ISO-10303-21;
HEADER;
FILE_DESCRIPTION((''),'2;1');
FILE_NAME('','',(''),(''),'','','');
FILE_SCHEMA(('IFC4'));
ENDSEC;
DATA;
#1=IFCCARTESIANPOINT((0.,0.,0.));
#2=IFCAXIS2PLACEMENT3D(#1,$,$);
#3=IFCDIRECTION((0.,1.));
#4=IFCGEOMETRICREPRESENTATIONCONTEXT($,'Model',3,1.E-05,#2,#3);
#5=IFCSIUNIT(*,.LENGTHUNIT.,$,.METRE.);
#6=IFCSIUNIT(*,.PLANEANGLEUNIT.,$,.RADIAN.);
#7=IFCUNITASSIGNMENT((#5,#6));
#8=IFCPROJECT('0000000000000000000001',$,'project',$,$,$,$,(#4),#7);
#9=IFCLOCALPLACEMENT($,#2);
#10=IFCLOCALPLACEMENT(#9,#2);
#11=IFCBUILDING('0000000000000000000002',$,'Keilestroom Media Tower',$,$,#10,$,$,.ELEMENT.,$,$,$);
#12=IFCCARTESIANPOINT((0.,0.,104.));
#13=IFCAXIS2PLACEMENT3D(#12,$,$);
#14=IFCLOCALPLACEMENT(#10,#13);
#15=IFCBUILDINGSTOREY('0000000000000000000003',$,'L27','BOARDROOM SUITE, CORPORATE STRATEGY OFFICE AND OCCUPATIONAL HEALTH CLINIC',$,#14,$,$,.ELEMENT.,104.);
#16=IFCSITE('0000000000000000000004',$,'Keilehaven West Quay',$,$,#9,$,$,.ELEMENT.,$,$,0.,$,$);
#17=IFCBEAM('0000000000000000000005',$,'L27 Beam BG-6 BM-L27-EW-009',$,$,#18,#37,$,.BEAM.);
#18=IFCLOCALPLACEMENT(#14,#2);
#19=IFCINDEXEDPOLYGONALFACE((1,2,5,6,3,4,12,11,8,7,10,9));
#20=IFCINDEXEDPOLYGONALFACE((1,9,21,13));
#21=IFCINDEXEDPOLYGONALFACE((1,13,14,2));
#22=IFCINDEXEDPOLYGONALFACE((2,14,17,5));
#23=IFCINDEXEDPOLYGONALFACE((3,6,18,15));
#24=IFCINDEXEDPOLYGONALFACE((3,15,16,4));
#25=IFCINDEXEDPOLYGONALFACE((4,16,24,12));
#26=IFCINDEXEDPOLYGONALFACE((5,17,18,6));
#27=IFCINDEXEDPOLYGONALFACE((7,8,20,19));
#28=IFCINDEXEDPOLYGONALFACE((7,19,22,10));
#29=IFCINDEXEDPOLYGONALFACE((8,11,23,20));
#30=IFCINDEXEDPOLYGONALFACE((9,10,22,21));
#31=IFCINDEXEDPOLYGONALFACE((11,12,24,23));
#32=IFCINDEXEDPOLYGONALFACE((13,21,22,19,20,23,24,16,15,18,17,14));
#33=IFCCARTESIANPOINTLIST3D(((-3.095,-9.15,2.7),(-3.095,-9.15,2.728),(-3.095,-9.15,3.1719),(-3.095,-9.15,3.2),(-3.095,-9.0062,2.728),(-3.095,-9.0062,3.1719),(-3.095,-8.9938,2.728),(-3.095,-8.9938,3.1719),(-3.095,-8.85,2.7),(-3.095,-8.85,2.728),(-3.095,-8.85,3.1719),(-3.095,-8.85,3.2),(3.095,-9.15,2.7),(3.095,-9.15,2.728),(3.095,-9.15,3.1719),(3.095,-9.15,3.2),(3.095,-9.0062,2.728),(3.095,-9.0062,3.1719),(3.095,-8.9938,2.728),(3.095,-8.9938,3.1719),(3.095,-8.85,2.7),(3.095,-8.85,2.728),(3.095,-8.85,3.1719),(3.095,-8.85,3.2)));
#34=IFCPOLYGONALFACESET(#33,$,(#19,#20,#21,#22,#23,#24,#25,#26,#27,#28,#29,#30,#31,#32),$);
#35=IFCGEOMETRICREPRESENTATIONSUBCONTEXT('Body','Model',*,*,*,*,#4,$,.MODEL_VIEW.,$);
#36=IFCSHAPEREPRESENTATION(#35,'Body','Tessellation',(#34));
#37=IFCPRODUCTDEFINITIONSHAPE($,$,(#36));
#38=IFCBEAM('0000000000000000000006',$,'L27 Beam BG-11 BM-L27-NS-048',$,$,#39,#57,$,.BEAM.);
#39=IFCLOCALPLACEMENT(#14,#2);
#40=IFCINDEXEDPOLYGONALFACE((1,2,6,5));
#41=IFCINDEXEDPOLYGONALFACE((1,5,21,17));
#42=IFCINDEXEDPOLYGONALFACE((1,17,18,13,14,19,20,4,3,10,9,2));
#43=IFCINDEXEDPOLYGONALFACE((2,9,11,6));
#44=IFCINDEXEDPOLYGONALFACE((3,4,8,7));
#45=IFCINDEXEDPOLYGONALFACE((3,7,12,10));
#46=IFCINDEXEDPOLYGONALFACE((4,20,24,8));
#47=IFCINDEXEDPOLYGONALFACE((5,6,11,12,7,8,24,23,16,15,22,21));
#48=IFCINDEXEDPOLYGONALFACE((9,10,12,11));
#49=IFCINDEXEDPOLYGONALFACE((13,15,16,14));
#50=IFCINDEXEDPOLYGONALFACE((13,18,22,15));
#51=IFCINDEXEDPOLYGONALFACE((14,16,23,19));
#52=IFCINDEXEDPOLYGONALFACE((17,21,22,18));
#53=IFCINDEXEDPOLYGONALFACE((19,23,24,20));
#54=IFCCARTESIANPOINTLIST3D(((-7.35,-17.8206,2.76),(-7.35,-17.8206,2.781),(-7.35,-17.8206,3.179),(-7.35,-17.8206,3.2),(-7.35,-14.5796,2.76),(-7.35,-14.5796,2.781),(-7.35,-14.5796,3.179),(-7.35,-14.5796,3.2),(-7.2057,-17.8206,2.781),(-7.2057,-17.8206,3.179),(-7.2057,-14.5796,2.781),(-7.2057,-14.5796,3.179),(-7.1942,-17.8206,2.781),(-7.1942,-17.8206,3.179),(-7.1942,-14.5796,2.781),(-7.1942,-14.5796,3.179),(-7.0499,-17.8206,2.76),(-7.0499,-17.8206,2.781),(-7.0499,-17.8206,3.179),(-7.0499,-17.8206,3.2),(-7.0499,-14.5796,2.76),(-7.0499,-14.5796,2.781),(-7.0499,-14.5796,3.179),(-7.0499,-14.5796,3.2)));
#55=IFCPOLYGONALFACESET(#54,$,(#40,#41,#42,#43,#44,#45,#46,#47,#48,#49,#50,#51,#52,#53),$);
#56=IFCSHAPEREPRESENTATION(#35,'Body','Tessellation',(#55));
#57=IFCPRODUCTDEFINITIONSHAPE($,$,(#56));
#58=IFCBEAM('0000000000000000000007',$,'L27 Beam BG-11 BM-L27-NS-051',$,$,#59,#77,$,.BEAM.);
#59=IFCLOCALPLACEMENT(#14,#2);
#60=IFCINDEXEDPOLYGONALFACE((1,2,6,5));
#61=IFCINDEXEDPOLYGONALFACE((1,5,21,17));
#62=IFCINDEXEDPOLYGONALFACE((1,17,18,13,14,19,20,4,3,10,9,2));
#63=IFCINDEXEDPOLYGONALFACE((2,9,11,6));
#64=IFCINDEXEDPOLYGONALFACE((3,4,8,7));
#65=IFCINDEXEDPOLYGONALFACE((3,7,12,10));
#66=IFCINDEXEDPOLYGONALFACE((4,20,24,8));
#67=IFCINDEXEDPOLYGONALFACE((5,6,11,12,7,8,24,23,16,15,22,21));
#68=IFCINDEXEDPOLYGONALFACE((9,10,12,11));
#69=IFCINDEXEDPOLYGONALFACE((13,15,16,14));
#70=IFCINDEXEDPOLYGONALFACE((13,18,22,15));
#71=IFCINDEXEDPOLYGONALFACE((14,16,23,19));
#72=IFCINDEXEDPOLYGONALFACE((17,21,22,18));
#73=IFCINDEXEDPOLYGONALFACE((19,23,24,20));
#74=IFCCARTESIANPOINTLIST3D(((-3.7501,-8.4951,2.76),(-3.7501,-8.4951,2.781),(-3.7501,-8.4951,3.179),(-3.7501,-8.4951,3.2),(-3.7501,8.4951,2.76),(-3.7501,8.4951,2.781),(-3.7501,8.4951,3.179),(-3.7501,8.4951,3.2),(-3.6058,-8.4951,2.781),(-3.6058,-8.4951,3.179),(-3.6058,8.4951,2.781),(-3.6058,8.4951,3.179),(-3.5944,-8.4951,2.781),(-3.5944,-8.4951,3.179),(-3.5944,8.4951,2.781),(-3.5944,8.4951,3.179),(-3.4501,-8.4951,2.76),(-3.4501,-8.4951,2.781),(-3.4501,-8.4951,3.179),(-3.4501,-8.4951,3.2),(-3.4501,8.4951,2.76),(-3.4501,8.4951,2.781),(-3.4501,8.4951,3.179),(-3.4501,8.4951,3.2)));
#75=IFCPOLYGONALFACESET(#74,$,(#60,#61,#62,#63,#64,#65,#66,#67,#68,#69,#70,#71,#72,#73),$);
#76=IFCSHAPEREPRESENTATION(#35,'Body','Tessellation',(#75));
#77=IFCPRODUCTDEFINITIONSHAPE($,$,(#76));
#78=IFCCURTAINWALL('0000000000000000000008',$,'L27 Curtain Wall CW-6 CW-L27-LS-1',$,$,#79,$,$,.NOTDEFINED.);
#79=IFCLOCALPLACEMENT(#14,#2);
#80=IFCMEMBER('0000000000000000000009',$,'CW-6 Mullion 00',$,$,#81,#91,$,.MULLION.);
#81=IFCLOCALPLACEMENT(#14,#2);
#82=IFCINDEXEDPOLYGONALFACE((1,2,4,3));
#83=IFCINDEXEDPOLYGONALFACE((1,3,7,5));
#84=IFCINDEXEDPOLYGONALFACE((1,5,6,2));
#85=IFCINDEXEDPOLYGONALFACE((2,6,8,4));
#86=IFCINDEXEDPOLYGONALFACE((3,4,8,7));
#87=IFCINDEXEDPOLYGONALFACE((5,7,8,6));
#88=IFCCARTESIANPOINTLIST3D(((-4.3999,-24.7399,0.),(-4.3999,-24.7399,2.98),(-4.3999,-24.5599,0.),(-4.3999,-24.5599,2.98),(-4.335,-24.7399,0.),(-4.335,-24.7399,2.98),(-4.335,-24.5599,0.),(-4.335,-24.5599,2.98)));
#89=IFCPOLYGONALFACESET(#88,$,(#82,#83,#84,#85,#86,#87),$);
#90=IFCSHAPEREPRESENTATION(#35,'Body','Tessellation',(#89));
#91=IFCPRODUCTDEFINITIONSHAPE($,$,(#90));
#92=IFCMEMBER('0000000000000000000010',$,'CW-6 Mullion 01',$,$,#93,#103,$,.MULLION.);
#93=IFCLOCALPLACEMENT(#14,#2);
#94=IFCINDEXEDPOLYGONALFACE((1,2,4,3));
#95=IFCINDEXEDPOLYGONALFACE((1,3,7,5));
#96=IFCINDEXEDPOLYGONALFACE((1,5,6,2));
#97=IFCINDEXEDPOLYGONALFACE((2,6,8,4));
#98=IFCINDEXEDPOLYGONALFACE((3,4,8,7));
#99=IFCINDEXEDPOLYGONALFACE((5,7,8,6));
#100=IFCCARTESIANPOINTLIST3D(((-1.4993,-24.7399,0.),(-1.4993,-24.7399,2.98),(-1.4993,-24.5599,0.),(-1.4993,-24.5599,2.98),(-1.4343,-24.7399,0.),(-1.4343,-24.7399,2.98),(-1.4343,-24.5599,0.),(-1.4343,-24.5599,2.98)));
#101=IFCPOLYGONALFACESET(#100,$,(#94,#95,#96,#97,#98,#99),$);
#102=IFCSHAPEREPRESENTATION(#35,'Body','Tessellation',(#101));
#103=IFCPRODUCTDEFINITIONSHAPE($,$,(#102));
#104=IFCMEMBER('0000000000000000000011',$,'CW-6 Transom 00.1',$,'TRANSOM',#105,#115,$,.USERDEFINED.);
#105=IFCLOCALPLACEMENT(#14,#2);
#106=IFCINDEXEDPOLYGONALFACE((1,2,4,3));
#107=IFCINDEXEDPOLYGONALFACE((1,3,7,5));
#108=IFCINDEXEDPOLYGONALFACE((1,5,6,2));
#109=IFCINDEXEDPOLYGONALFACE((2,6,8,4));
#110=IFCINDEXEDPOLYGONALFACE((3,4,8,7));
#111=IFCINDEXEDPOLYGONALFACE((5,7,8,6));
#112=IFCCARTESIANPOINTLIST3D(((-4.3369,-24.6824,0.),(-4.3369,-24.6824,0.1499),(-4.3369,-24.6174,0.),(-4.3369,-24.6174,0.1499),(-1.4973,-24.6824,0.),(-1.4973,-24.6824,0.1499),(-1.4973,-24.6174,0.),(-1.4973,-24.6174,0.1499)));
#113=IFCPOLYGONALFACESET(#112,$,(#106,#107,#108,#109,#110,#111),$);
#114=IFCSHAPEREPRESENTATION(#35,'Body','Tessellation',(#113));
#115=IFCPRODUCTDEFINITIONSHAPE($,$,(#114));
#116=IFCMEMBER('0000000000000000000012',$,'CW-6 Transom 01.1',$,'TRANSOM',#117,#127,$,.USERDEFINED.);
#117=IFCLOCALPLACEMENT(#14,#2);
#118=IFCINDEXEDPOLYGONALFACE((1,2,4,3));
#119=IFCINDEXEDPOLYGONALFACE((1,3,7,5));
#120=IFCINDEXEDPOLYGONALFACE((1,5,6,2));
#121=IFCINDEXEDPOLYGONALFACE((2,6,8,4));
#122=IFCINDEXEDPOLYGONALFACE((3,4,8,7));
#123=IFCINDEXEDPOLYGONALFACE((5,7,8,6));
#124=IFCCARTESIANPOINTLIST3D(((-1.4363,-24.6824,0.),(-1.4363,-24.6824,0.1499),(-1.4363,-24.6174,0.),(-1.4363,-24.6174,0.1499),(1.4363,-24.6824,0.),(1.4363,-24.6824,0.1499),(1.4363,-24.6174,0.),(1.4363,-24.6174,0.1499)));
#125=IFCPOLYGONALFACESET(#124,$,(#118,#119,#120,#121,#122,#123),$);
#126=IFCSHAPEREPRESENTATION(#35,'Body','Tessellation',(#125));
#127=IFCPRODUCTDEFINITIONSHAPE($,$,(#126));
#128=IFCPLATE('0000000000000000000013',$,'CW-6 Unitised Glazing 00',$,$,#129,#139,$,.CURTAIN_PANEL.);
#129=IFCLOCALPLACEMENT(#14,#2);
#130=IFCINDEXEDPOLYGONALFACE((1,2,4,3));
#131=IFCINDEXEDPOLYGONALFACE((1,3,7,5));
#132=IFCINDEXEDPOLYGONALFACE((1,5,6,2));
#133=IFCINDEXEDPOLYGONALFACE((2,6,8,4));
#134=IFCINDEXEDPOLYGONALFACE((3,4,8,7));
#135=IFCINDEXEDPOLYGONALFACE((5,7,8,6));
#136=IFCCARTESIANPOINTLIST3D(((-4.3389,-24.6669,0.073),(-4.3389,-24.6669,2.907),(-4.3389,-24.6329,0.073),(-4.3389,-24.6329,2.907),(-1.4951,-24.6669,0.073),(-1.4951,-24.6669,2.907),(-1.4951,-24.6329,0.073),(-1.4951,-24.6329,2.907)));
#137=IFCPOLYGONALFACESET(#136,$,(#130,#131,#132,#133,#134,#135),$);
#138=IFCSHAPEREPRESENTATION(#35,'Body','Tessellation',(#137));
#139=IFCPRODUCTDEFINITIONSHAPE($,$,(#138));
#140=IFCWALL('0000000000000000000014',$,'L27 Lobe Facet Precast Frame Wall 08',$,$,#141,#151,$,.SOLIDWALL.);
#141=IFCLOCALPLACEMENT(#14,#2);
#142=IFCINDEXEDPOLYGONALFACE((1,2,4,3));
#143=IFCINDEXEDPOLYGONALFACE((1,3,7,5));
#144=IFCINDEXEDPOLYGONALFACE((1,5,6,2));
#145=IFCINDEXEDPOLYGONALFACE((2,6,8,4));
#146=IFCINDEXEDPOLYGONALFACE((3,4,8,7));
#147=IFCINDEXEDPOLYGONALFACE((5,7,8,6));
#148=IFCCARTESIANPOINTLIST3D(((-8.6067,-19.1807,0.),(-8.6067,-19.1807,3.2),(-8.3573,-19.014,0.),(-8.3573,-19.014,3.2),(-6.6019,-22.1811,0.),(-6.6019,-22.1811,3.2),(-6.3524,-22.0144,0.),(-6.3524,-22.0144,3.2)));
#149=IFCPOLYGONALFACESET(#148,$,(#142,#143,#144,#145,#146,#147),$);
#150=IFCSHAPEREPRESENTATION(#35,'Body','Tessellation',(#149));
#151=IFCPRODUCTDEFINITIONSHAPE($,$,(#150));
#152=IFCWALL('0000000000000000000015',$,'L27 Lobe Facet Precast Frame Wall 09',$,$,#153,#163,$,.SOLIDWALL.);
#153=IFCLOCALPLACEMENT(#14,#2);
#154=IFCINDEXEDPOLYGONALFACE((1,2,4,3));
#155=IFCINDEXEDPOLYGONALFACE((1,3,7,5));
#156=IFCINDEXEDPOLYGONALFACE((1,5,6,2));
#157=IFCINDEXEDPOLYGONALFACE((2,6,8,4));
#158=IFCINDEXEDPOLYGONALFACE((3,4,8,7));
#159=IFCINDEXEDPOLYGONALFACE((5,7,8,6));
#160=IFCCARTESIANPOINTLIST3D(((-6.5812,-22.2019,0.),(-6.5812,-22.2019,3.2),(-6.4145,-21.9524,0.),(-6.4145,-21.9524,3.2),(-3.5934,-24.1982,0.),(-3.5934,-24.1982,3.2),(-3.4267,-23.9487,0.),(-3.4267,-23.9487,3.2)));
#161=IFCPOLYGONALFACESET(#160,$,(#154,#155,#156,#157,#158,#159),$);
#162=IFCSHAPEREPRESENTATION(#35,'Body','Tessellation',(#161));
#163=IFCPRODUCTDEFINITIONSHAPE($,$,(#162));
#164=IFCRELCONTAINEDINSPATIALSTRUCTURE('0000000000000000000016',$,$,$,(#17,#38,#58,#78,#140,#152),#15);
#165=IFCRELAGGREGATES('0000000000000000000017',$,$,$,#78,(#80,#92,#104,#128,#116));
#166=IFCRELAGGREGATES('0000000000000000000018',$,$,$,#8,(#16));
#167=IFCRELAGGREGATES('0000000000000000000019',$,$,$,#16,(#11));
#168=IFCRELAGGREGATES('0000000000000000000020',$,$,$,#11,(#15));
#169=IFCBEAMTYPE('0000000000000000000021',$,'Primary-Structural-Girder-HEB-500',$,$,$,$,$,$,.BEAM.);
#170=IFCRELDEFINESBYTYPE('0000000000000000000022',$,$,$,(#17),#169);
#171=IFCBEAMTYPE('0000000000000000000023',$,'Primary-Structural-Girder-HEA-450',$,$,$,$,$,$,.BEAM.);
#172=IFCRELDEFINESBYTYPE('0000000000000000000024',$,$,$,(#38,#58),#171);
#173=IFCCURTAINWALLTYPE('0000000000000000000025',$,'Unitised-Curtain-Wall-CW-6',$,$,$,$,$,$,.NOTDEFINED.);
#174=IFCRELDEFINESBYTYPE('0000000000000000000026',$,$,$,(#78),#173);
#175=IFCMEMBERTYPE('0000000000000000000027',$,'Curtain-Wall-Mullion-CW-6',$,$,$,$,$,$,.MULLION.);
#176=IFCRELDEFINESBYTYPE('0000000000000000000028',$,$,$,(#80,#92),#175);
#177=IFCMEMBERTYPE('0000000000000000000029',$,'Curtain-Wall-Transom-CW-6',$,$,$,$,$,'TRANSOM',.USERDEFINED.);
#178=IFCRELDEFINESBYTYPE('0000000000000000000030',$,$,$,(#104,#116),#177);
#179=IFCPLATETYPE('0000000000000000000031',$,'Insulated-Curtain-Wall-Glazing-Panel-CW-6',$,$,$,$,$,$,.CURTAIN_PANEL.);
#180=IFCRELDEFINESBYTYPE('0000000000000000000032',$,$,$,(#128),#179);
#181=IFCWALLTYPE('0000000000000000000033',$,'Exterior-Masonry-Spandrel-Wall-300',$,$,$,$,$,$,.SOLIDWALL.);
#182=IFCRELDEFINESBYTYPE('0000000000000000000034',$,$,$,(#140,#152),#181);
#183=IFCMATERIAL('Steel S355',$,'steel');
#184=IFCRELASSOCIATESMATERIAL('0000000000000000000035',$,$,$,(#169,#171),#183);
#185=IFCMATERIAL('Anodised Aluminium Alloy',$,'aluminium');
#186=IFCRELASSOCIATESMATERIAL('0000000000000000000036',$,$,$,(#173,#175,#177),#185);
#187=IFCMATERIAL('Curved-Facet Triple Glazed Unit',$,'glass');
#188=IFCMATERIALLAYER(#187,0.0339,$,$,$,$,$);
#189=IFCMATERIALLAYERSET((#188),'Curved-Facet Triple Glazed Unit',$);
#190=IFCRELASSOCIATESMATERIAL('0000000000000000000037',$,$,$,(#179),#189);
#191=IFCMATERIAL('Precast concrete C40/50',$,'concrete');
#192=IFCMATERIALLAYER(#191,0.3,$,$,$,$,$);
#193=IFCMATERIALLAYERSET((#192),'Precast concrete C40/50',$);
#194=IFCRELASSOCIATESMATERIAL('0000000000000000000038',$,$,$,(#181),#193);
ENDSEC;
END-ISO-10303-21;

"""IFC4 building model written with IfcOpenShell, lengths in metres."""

from ifc_helpers import new_model, si_unit, direction, frame, frame_2d, origin, origin_2d, place, context, subcontext, project, spatial, rectangle, i_section, extrude, source, transform, mapped, material, layer, layer_set, material_profile, profile_set, type_object, element, aggregate, save


model = new_model("IFC4")

# Units and contexts
model_context = context("Model", 3, precision=1e-05, world=origin(), true_north=direction((0.0, 1.0)))
body_context = subcontext(model_context, "Body", "Model", "MODEL_VIEW")
ifc_project = project(units=[si_unit("LENGTHUNIT", "METRE"), si_unit("PLANEANGLEUNIT", "RADIAN")], contexts=[model_context])

# Site, building, storey
site_placement = place(None, origin())
site = spatial("IfcSite", under=ifc_project, at=site_placement, Name="Keilehaven West Quay", CompositionType="ELEMENT", RefElevation=0.0)
building_placement = place(site_placement, origin())
building = spatial("IfcBuilding", under=site, at=building_placement, Name="Keilestroom Media Tower", CompositionType="ELEMENT")
storey_placement = place(building_placement, frame((0.0, 0.0, 104.0)))
storey = spatial("IfcBuildingStorey", under=building, at=storey_placement, Name="L27", Description="BOARDROOM SUITE, CORPORATE STRATEGY OFFICE AND OCCUPATIONAL HEALTH CLINIC", CompositionType="ELEMENT", Elevation=104.0)

# Shared definitions
ifc_material_1 = material(Name="Steel S355", Category="steel")

# Beams
ifc_material_profile_1 = material_profile(ifc_material_1, i_section(OverallWidth=0.3, OverallDepth=0.5, WebThickness=0.0125, FlangeThickness=0.0281, at=origin_2d()), Name="HEB 500")
ifc_profile_set_1 = profile_set([ifc_material_profile_1], Name="Steel S355")
beam_type_1 = type_object("IfcBeamType", Name="Primary-Structural-Girder-HEB-500", PredefinedType="BEAM", material=ifc_profile_set_1)
shared_shape_1 = source(origin(), body_context, "Body", "SweptSolid", [
    extrude(i_section(OverallWidth=0.3, OverallDepth=0.5, WebThickness=0.0125, FlangeThickness=0.0281, at=origin_2d()), origin(), (0.0, 0.0, 1.0), 6.1899),
])
beam_1_placement = place(storey_placement, frame((-3.095, -9.0, 2.95), z_axis=(1.0, 0.0, 0.0), x_axis=(0.0, 1.0, 0.0)))
element("IfcBeam", 1, at=beam_1_placement, inside=storey, type_object=beam_type_1, Name="L27 Beam BG-6 BM-L27-EW-009", PredefinedType="BEAM", context=body_context, shape_type="MappedRepresentation", body=[
    mapped(shared_shape_1, transform((0.0, 0.0, 0.0), x_axis=(1.0, 0.0, 0.0), y_axis=(0.0, 1.0, 0.0), z_axis=(0.0, 0.0, 1.0), scale=1.0)),
])
ifc_material_profile_2 = material_profile(ifc_material_1, i_section(OverallWidth=0.3, OverallDepth=0.4399, WebThickness=0.0115, FlangeThickness=0.021, at=origin_2d()), Name="HEA 450")
ifc_profile_set_2 = profile_set([ifc_material_profile_2], Name="Steel S355")
beam_type_2 = type_object("IfcBeamType", Name="Primary-Structural-Girder-HEA-450", PredefinedType="BEAM", material=ifc_profile_set_2)
shared_shape_2 = source(origin(), body_context, "Body", "SweptSolid", [
    extrude(i_section(OverallWidth=0.3, OverallDepth=0.4399, WebThickness=0.0115, FlangeThickness=0.021, at=origin_2d()), origin(), (0.0, 0.0, 1.0), 3.241),
])
beam_2_placement = place(storey_placement, frame((-7.2, -17.8206, 2.98), z_axis=(0.0, 1.0, 0.0), x_axis=(-1.0, 0.0, 0.0)))
element("IfcBeam", 2, at=beam_2_placement, inside=storey, type_object=beam_type_2, Name="L27 Beam BG-11 BM-L27-NS-048", PredefinedType="BEAM", context=body_context, shape_type="MappedRepresentation", body=[
    mapped(shared_shape_2, transform((0.0, 0.0, 0.0), x_axis=(1.0, 0.0, 0.0), y_axis=(0.0, 1.0, 0.0), z_axis=(0.0, 0.0, 1.0), scale=1.0)),
])
shared_shape_3 = source(origin(), body_context, "Body", "SweptSolid", [
    extrude(i_section(OverallWidth=0.3, OverallDepth=0.4399, WebThickness=0.0115, FlangeThickness=0.021, at=origin_2d()), origin(), (0.0, 0.0, 1.0), 16.9902),
])
beam_3_placement = place(storey_placement, frame((-3.6001, -8.4951, 2.98), z_axis=(0.0, 1.0, 0.0), x_axis=(-1.0, 0.0, 0.0)))
element("IfcBeam", 3, at=beam_3_placement, inside=storey, type_object=beam_type_2, Name="L27 Beam BG-11 BM-L27-NS-051", PredefinedType="BEAM", context=body_context, shape_type="MappedRepresentation", body=[
    mapped(shared_shape_3, transform((0.0, 0.0, 0.0), x_axis=(1.0, 0.0, 0.0), y_axis=(0.0, 1.0, 0.0), z_axis=(0.0, 0.0, 1.0), scale=1.0)),
])

# Curtain wall, members, plate
ifc_material_2 = material(Name="Anodised Aluminium Alloy", Category="aluminium")
curtain_wall_type = type_object("IfcCurtainWallType", Name="Unitised-Curtain-Wall-CW-6", PredefinedType="NOTDEFINED", material=ifc_material_2)
curtain_wall_placement = place(storey_placement, origin())
curtain_wall = element("IfcCurtainWall", 4, at=curtain_wall_placement, inside=storey, type_object=curtain_wall_type, Name="L27 Curtain Wall CW-6 CW-L27-LS-1", PredefinedType="NOTDEFINED")
ifc_material_profile_3 = material_profile(ifc_material_2, rectangle(XDim=0.0649, YDim=0.1799, at=origin_2d()), Name="ALU MULLION 65x180")
ifc_profile_set_3 = profile_set([ifc_material_profile_3], Name="Anodised Aluminium Alloy")
member_type_1 = type_object("IfcMemberType", Name="Curtain-Wall-Mullion-CW-6", PredefinedType="MULLION", material=ifc_profile_set_3)
shared_shape_4 = source(origin(), body_context, "Body", "SweptSolid", [
    extrude(rectangle(XDim=0.0649, YDim=0.1799, at=origin_2d()), origin(), (0.0, 0.0, 1.0), 2.98),
])
member_1_placement = place(storey_placement, frame((-4.3674, -24.6499, 0.0), z_axis=(0.0, 0.0, 1.0), x_axis=(1.0, 0.0, 0.0)))
member_1 = element("IfcMember", 5, at=member_1_placement, type_object=member_type_1, Name="CW-6 Mullion 00", PredefinedType="MULLION", context=body_context, shape_type="MappedRepresentation", body=[
    mapped(shared_shape_4, transform((0.0, 0.0, 0.0), x_axis=(1.0, 0.0, 0.0), y_axis=(0.0, 1.0, 0.0), z_axis=(0.0, 0.0, 1.0), scale=1.0)),
])
member_2_placement = place(storey_placement, frame((-1.4668, -24.6499, 0.0), z_axis=(0.0, 0.0, 1.0), x_axis=(1.0, 0.0, 0.0)))
member_2 = element("IfcMember", 6, at=member_2_placement, type_object=member_type_1, Name="CW-6 Mullion 01", PredefinedType="MULLION", context=body_context, shape_type="MappedRepresentation", body=[
    mapped(shared_shape_4, transform((0.0, 0.0, 0.0), x_axis=(1.0, 0.0, 0.0), y_axis=(0.0, 1.0, 0.0), z_axis=(0.0, 0.0, 1.0), scale=1.0)),
])
ifc_material_profile_4 = material_profile(ifc_material_2, rectangle(XDim=0.0649, YDim=0.1499, at=origin_2d()), Name="ALU TRANSOM 65x150")
ifc_profile_set_4 = profile_set([ifc_material_profile_4], Name="Anodised Aluminium Alloy")
member_type_2 = type_object("IfcMemberType", Name="Curtain-Wall-Transom-CW-6", ElementType="TRANSOM", PredefinedType="USERDEFINED", material=ifc_profile_set_4)
shared_shape_5 = source(origin(), body_context, "Body", "SweptSolid", [
    extrude(rectangle(XDim=0.0649, YDim=0.1499, at=origin_2d()), origin(), (0.0, 0.0, 1.0), 2.8396),
])
member_3_placement = place(storey_placement, frame((-4.3369, -24.6499, 0.075), z_axis=(1.0, 0.0, 0.0), x_axis=(0.0, 1.0, 0.0)))
member_3 = element("IfcMember", 7, at=member_3_placement, type_object=member_type_2, Name="CW-6 Transom 00.1", ObjectType="TRANSOM", PredefinedType="USERDEFINED", context=body_context, shape_type="MappedRepresentation", body=[
    mapped(shared_shape_5, transform((0.0, 0.0, 0.0), x_axis=(1.0, 0.0, 0.0), y_axis=(0.0, 1.0, 0.0), z_axis=(0.0, 0.0, 1.0), scale=1.0)),
])
shared_shape_6 = source(origin(), body_context, "Body", "SweptSolid", [
    extrude(rectangle(XDim=0.0649, YDim=0.1499, at=origin_2d()), origin(), (0.0, 0.0, 1.0), 2.8726),
])
member_4_placement = place(storey_placement, frame((-1.4363, -24.6499, 0.075), z_axis=(1.0, 0.0, 0.0), x_axis=(0.0, 1.0, 0.0)))
member_4 = element("IfcMember", 8, at=member_4_placement, type_object=member_type_2, Name="CW-6 Transom 01.1", ObjectType="TRANSOM", PredefinedType="USERDEFINED", context=body_context, shape_type="MappedRepresentation", body=[
    mapped(shared_shape_6, transform((0.0, 0.0, 0.0), x_axis=(1.0, 0.0, 0.0), y_axis=(0.0, 1.0, 0.0), z_axis=(0.0, 0.0, 1.0), scale=1.0)),
])
ifc_material_3 = material(Name="Curved-Facet Triple Glazed Unit", Category="glass")
ifc_layer_1 = layer(ifc_material_3, 0.0339)
ifc_layer_set_1 = layer_set([ifc_layer_1], Name="Curved-Facet Triple Glazed Unit")
plate_type = type_object("IfcPlateType", Name="Insulated-Curtain-Wall-Glazing-Panel-CW-6", PredefinedType="CURTAIN_PANEL", material=ifc_layer_set_1)
shared_shape_7 = source(origin(), body_context, "Body", "SweptSolid", [
    extrude(rectangle(XDim=2.8438, YDim=0.0339, at=origin_2d()), origin(), (0.0, 0.0, 1.0), 2.834),
])
plate_placement = place(storey_placement, frame((-2.917, -24.6499, 0.073), z_axis=(0.0, 0.0, 1.0), x_axis=(1.0, 0.0, 0.0)))
plate = element("IfcPlate", 9, at=plate_placement, type_object=plate_type, Name="CW-6 Unitised Glazing 00", PredefinedType="CURTAIN_PANEL", context=body_context, shape_type="MappedRepresentation", body=[
    mapped(shared_shape_7, transform((0.0, 0.0, 0.0), x_axis=(1.0, 0.0, 0.0), y_axis=(0.0, 1.0, 0.0), z_axis=(0.0, 0.0, 1.0), scale=1.0)),
])
aggregate(curtain_wall, [member_1, member_2, member_3, plate, member_4])

# Walls
ifc_material_4 = material(Name="Precast concrete C40/50", Category="concrete")
ifc_layer_2 = layer(ifc_material_4, 0.3)
ifc_layer_set_2 = layer_set([ifc_layer_2], Name="Precast concrete C40/50")
wall_type_1 = type_object("IfcWallType", Name="Exterior-Masonry-Spandrel-Wall-300", PredefinedType="SOLIDWALL", material=ifc_layer_set_2)
wall_1_placement = place(storey_placement, frame((-8.4819, -19.0974, 0.0), z_axis=(0.0, 0.0, 1.0), x_axis=(0.555574, -0.831467, 0.0)))
element("IfcWall", 10, at=wall_1_placement, inside=storey, type_object=wall_type_1, Name="L27 Lobe Facet Precast Frame Wall 08", PredefinedType="SOLIDWALL", context=body_context, shape_type="SweptSolid", body=[
    extrude(rectangle(XDim=3.6086, YDim=0.3, at=frame_2d((1.8042, 0.0))), origin(), (0.0, 0.0, 1.0), 3.2),
])
wall_2_placement = place(storey_placement, frame((-6.4978, -22.0771, 0.0), z_axis=(0.0, 0.0, 1.0), x_axis=(0.831475, -0.555562, 0.0)))
element("IfcWall", 11, at=wall_2_placement, inside=storey, type_object=wall_type_1, Name="L27 Lobe Facet Precast Frame Wall 09", PredefinedType="SOLIDWALL", context=body_context, shape_type="SweptSolid", body=[
    extrude(rectangle(XDim=3.5933, YDim=0.3, at=frame_2d((1.7966, 0.0))), origin(), (0.0, 0.0, 1.0), 3.2),
])

save(model, "model.ifc")
